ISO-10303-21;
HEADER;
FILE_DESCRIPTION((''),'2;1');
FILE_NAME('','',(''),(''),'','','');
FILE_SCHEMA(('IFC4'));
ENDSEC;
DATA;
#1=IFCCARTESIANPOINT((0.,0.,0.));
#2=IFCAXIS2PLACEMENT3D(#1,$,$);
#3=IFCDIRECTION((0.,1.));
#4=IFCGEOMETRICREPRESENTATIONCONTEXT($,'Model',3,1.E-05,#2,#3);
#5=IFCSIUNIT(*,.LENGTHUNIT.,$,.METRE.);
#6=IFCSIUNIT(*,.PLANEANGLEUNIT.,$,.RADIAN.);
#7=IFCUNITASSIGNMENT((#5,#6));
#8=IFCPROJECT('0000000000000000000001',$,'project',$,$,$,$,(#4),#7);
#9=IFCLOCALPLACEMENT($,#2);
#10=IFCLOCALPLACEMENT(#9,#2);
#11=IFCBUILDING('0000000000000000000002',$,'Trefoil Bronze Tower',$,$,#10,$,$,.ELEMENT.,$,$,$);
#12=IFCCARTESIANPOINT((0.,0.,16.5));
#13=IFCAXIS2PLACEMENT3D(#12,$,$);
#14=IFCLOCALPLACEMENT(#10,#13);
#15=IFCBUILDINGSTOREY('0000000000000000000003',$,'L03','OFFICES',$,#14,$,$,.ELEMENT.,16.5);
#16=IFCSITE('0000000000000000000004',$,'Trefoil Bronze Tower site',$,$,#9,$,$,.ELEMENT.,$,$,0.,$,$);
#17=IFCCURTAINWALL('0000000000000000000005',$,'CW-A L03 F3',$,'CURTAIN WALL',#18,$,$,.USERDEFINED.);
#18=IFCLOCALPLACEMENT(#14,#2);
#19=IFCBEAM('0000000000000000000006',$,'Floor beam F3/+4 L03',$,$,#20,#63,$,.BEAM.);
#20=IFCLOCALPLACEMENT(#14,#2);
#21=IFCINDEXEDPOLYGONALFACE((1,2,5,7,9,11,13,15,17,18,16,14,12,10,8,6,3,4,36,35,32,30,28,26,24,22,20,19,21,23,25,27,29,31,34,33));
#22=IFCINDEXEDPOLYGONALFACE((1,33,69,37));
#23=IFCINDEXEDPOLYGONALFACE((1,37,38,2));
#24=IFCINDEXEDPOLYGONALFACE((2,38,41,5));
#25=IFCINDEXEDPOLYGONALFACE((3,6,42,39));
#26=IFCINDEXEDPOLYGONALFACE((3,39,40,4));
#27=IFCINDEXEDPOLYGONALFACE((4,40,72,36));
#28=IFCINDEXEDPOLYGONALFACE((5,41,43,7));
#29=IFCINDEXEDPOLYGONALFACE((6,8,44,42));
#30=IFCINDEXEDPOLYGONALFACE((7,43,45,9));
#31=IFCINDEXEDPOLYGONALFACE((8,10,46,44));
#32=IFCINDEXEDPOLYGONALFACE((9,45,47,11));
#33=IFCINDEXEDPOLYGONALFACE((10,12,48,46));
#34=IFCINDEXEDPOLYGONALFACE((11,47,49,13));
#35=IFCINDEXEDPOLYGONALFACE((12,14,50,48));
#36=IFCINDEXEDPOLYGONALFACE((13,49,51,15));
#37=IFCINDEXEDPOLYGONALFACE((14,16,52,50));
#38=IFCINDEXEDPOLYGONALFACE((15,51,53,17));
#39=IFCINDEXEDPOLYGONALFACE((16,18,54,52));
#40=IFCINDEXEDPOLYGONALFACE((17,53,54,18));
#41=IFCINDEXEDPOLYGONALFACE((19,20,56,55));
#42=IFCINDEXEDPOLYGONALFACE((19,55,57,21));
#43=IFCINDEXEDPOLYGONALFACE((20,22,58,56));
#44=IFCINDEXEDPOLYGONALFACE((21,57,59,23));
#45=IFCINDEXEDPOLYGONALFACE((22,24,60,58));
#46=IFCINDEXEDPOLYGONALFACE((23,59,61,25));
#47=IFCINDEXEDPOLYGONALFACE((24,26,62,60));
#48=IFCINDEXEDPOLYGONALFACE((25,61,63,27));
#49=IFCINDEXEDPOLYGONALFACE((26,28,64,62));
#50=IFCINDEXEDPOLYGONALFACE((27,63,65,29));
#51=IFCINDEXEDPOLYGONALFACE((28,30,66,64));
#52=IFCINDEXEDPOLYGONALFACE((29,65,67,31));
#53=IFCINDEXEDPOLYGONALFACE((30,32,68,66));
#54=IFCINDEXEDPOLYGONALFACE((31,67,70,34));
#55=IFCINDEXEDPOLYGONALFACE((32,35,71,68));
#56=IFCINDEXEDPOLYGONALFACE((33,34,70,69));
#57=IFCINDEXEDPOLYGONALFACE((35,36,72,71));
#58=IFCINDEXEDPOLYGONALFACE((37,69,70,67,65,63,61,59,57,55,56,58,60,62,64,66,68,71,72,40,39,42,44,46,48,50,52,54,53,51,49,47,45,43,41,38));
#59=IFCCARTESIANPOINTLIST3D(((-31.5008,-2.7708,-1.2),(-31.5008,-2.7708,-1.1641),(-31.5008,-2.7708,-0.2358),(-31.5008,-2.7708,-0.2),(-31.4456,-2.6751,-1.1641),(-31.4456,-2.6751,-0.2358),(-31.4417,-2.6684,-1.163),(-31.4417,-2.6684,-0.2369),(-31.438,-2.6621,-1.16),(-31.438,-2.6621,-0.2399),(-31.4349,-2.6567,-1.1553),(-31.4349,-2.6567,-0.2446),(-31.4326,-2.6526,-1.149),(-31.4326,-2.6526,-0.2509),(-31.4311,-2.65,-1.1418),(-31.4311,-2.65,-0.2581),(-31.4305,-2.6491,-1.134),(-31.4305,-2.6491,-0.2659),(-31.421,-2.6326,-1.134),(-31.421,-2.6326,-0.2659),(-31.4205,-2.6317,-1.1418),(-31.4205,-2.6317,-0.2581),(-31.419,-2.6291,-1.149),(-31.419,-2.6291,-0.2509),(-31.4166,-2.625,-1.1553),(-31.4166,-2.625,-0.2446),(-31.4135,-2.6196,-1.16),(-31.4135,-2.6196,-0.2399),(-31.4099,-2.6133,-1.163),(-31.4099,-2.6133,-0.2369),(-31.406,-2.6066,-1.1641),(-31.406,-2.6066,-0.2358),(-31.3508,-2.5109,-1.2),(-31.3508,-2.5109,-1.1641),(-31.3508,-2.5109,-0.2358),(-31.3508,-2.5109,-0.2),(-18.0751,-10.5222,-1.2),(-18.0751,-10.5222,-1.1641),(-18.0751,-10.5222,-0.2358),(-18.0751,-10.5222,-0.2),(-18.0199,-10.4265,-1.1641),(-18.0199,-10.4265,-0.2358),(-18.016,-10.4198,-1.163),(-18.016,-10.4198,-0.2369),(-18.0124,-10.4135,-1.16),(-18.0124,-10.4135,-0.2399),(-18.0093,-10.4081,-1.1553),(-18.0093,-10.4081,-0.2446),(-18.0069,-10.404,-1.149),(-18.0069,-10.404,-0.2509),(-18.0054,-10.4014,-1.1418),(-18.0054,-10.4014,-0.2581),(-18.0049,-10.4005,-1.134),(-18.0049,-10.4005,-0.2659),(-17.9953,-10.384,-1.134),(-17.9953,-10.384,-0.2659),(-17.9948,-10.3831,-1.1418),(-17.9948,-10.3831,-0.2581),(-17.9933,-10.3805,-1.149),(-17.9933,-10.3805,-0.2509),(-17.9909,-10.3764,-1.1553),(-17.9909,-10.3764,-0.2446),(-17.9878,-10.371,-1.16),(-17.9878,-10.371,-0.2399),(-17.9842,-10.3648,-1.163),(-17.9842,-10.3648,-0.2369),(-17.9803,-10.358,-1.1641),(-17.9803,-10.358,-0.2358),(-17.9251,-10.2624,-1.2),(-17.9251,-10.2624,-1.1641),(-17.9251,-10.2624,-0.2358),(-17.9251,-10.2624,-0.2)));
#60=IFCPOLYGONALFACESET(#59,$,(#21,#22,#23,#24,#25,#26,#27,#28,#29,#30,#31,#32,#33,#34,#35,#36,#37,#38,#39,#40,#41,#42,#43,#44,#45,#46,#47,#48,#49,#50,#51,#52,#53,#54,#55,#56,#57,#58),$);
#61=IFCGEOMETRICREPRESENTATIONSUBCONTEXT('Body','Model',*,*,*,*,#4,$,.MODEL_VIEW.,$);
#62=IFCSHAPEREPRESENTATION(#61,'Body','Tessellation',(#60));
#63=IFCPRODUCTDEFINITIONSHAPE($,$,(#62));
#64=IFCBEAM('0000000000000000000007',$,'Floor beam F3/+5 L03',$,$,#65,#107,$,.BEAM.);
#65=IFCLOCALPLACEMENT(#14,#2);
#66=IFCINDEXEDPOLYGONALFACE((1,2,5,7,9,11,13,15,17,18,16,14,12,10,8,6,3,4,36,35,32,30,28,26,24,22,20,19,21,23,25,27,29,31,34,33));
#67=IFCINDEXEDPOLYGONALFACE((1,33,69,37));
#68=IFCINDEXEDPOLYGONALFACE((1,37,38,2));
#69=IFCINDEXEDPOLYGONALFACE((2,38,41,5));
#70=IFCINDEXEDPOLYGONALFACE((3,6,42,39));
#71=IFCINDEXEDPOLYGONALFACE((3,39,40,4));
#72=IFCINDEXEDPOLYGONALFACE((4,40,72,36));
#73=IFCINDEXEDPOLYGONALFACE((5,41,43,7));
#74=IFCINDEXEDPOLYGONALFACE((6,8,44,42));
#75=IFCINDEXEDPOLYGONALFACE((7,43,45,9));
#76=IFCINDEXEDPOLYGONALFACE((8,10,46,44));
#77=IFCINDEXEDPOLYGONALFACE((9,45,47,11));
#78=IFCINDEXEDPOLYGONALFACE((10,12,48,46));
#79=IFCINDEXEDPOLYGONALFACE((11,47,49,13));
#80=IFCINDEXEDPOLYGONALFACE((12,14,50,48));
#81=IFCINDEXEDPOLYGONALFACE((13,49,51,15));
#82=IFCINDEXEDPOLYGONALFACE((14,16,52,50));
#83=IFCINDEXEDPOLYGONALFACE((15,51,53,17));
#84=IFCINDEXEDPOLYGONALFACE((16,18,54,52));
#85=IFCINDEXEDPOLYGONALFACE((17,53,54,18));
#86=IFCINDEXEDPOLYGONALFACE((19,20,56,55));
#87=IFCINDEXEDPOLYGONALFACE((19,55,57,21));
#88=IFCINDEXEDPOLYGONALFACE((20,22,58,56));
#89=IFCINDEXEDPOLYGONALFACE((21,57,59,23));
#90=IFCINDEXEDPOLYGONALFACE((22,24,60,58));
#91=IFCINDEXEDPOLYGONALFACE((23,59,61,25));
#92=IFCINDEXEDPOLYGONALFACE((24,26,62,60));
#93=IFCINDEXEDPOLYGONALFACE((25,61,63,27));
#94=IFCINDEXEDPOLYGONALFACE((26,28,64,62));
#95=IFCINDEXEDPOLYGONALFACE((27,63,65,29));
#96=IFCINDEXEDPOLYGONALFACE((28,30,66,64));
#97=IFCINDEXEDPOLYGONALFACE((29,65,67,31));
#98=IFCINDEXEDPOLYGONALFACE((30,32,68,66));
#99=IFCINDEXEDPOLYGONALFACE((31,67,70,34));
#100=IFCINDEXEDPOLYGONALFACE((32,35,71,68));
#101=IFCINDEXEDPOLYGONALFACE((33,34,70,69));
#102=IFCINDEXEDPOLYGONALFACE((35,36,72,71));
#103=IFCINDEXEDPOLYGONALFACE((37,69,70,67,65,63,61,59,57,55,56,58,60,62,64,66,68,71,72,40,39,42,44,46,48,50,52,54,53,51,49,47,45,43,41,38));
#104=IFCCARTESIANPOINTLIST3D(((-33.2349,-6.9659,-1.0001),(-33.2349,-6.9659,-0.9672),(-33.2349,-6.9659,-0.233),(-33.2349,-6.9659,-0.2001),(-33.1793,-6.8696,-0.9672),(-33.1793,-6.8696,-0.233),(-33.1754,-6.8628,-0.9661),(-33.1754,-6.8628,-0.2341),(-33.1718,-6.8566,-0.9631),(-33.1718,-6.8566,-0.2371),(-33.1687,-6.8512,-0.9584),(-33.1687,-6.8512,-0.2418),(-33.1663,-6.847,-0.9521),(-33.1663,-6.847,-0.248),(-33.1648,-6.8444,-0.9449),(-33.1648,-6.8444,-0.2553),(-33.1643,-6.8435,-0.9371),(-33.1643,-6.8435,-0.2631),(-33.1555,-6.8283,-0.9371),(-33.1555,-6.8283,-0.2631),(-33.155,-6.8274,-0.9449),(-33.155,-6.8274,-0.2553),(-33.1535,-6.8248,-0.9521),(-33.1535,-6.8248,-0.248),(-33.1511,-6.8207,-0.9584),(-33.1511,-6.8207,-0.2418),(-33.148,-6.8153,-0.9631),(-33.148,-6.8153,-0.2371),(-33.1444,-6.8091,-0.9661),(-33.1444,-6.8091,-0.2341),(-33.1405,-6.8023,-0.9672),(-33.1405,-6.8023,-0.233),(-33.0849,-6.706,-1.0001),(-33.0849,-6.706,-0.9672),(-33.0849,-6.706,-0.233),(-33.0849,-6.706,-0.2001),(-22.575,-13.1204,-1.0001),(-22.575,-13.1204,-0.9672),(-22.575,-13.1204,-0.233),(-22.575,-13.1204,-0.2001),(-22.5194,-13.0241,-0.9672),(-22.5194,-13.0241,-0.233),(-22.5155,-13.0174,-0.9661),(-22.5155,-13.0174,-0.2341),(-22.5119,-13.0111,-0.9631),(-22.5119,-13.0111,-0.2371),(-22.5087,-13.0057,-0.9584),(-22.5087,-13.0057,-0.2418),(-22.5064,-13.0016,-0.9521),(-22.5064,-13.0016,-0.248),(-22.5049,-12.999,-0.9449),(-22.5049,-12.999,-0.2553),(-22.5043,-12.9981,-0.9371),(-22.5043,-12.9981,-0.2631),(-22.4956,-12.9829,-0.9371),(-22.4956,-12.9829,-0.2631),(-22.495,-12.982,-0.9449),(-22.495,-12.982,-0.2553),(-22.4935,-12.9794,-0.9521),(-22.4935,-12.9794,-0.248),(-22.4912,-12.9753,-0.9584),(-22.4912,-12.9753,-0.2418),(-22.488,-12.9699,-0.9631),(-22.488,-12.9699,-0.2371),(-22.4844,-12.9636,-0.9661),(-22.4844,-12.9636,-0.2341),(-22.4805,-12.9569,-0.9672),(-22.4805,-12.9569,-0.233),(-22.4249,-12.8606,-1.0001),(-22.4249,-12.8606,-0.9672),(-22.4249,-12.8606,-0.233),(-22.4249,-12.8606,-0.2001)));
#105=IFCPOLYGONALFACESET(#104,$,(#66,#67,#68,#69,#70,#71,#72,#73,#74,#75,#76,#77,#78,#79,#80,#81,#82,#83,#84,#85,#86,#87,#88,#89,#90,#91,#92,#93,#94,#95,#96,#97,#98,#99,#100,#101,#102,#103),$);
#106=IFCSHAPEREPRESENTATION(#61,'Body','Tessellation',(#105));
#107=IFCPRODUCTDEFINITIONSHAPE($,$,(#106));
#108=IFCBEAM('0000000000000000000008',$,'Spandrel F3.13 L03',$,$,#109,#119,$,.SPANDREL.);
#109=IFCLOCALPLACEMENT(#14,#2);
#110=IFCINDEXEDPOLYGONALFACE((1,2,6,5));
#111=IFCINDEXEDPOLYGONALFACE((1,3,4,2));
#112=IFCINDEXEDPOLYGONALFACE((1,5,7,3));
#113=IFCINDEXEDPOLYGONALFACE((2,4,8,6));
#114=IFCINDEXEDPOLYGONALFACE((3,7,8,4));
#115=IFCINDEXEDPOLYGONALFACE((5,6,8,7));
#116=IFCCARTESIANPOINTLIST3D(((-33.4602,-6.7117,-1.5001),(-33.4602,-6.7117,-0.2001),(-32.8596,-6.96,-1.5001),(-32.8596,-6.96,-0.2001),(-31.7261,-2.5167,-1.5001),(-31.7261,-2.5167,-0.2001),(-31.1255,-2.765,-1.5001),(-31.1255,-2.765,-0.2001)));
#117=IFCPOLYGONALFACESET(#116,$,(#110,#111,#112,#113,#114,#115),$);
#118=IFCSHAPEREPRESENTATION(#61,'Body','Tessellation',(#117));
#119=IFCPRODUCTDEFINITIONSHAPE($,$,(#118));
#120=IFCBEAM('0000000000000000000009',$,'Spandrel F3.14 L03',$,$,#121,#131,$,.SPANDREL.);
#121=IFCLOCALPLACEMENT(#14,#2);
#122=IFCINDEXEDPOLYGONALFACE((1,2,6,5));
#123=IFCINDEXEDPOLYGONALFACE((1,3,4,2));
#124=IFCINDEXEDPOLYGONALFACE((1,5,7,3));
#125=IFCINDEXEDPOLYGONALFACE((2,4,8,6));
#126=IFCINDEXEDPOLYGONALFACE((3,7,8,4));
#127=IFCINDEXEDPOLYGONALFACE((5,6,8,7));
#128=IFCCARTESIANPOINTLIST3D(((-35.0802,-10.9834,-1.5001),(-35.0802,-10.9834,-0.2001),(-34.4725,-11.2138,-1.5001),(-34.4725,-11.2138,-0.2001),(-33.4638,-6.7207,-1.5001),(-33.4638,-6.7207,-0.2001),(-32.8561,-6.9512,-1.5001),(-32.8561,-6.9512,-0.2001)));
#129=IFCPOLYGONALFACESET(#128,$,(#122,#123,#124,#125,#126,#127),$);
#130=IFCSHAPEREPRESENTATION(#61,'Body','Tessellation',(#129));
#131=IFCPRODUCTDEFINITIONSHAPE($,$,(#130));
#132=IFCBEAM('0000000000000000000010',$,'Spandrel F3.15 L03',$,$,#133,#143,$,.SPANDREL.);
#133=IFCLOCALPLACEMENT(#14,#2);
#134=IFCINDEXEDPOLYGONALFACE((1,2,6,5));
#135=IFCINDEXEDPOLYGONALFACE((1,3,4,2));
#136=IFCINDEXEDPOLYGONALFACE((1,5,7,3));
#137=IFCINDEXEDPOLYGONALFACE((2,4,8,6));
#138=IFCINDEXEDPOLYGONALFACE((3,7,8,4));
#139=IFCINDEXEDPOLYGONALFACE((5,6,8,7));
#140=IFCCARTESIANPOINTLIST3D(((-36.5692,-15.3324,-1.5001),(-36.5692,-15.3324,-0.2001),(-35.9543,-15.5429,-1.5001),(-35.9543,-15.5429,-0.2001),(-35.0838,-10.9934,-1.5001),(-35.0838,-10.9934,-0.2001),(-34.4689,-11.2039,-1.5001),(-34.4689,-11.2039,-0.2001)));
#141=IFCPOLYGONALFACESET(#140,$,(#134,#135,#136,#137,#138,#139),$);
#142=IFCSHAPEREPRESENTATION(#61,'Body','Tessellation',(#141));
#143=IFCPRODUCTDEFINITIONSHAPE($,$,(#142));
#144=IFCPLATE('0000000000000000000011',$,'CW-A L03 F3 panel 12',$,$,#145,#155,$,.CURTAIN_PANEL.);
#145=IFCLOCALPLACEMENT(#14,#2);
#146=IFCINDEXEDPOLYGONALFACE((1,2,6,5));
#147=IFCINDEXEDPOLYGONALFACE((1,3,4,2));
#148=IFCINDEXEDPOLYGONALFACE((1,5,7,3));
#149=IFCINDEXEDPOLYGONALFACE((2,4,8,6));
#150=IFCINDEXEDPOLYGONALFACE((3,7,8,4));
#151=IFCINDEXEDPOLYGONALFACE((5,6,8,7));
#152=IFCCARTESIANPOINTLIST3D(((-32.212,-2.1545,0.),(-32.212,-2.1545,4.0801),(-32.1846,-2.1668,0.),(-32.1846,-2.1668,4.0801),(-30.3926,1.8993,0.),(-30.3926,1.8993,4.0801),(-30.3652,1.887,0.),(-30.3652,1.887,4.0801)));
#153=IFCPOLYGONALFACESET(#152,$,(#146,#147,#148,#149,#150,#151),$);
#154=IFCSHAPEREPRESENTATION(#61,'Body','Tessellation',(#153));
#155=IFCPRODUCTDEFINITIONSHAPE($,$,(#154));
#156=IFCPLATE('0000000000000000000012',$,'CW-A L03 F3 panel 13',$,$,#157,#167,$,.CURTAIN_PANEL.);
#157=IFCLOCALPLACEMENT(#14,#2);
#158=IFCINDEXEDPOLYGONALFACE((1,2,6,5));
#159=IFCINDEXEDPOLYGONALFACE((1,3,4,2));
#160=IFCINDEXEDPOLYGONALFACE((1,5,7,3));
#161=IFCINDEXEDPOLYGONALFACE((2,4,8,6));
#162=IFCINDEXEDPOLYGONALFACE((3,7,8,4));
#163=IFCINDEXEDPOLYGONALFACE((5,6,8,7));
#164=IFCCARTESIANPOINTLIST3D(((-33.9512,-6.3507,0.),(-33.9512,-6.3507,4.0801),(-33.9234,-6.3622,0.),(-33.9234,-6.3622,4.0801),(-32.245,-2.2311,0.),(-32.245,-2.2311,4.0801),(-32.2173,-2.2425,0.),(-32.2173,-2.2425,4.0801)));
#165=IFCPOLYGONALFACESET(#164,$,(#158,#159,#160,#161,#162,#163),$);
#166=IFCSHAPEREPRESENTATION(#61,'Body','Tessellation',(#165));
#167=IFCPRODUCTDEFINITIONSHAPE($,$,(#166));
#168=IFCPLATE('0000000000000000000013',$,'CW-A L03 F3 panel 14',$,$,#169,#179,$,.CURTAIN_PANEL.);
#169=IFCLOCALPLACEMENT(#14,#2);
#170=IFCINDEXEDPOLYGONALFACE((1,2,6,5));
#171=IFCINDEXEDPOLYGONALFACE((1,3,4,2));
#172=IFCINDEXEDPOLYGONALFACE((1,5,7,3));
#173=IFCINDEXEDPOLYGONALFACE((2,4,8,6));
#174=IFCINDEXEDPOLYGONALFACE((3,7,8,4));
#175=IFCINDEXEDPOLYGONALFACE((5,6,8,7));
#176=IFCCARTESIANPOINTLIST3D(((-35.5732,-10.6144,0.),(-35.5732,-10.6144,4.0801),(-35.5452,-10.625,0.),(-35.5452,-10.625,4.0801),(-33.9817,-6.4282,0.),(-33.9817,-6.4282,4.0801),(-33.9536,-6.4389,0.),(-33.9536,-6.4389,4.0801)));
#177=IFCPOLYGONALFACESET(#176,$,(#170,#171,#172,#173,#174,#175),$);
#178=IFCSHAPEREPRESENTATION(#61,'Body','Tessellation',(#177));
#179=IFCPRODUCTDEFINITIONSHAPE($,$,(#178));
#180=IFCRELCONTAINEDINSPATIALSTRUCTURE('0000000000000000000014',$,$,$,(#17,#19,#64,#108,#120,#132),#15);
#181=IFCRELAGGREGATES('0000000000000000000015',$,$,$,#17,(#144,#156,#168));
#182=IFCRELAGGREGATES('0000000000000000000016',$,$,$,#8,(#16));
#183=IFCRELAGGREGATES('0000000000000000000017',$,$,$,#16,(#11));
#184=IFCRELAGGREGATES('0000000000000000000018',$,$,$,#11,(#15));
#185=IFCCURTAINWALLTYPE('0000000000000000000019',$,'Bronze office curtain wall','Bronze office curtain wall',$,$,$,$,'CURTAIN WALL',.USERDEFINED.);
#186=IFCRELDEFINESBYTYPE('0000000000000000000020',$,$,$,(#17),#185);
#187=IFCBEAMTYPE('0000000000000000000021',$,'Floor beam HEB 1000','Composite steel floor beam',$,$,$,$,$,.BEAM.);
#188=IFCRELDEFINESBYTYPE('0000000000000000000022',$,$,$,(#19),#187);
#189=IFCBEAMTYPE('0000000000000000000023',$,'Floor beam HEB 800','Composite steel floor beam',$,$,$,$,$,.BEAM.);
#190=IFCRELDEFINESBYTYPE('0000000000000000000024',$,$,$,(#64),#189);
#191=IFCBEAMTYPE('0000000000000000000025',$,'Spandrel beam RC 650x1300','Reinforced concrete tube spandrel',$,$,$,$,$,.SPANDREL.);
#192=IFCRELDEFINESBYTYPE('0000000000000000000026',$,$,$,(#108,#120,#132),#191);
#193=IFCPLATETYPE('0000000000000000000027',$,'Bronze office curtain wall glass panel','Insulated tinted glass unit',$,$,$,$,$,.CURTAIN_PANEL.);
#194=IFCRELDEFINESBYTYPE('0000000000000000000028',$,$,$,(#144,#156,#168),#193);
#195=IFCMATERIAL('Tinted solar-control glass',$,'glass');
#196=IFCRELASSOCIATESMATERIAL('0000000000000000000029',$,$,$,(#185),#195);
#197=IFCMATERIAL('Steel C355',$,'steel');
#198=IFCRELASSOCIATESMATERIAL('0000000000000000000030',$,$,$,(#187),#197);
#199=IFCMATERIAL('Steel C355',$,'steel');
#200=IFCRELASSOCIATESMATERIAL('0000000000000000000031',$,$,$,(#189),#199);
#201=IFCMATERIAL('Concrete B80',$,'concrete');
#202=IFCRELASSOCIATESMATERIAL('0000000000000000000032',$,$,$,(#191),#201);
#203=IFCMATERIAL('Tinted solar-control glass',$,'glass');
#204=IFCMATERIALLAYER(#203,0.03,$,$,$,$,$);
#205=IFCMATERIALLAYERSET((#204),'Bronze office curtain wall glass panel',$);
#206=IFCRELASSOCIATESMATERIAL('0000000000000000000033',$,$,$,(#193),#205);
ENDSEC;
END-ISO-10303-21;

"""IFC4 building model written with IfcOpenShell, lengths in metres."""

from ifc_helpers import new_model, si_unit, direction, frame, origin, origin_2d, place, context, subcontext, project, spatial, rectangle, i_section, extrude, material, layer, layer_set, material_profile, profile_set, type_object, element, aggregate, save


model = new_model("IFC4")

# Units and contexts
model_context = context("Model", 3, precision=1e-05, world=origin(), true_north=direction((0.0, 1.0)))
body_context = subcontext(model_context, "Body", "Model", "MODEL_VIEW")
ifc_project = project(units=[si_unit("LENGTHUNIT", "METRE"), si_unit("PLANEANGLEUNIT", "RADIAN")], contexts=[model_context])

# Site, building, storey
site_placement = place(None, origin())
site = spatial("IfcSite", under=ifc_project, at=site_placement, Name="Trefoil Bronze Tower site", CompositionType="ELEMENT", RefElevation=0.0)
building_placement = place(site_placement, origin())
building = spatial("IfcBuilding", under=site, at=building_placement, Name="Trefoil Bronze Tower", CompositionType="ELEMENT")
storey_placement = place(building_placement, frame((0.0, 0.0, 16.5)))
storey = spatial("IfcBuildingStorey", under=building, at=storey_placement, Name="L03", Description="OFFICES", CompositionType="ELEMENT", Elevation=16.5)

# Curtain wall
ifc_material_1 = material(Name="Tinted solar-control glass", Category="glass")
curtain_wall_type = type_object("IfcCurtainWallType", Name="Bronze office curtain wall", Description="Bronze office curtain wall", ElementType="CURTAIN WALL", PredefinedType="USERDEFINED", material=ifc_material_1)
curtain_wall_placement = place(storey_placement, origin())
curtain_wall = element("IfcCurtainWall", 1, at=curtain_wall_placement, inside=storey, type_object=curtain_wall_type, Name="CW-A L03 F3", ObjectType="CURTAIN WALL", PredefinedType="USERDEFINED")

# Beams
ifc_material_2 = material(Name="Steel C355", Category="steel")
ifc_material_profile_1 = material_profile(ifc_material_2, i_section(OverallWidth=0.3, OverallDepth=1.0, WebThickness=0.019, FlangeThickness=0.0359, FilletRadius=0.03, at=origin_2d()), Name="HEB 1000")
ifc_profile_set_1 = profile_set([ifc_material_profile_1], Name="Steel C355")
beam_type_1 = type_object("IfcBeamType", Name="Floor beam HEB 1000", Description="Composite steel floor beam", PredefinedType="BEAM", material=ifc_profile_set_1)
beam_1_placement = place(storey_placement, frame((-31.4258, -2.6409, -0.7), z_axis=(0.866023, -0.500004, 0.0), x_axis=(0.500004, 0.866023, 0.0)))
element("IfcBeam", 2, at=beam_1_placement, inside=storey, type_object=beam_type_1, Name="Floor beam F3/+4 L03", PredefinedType="BEAM", context=body_context, shape_type="SweptSolid", body=[
    extrude(i_section(OverallWidth=0.3, OverallDepth=1.0, WebThickness=0.019, FlangeThickness=0.0359, FilletRadius=0.03, at=origin_2d()), origin(), (0.0, 0.0, 1.0), 15.5027),
])
ifc_material_3 = material(Name="Steel C355", Category="steel")
ifc_material_profile_2 = material_profile(ifc_material_3, i_section(OverallWidth=0.3, OverallDepth=0.8, WebThickness=0.0176, FlangeThickness=0.033, FilletRadius=0.03, at=origin_2d()), Name="HEB 800")
ifc_profile_set_2 = profile_set([ifc_material_profile_2], Name="Steel C355")
beam_type_2 = type_object("IfcBeamType", Name="Floor beam HEB 800", Description="Composite steel floor beam", PredefinedType="BEAM", material=ifc_profile_set_2)
beam_2_placement = place(storey_placement, frame((-33.1599, -6.8359, -0.6001), z_axis=(0.866024, -0.500002, 0.0), x_axis=(0.500002, 0.866024, 0.0)))
element("IfcBeam", 3, at=beam_2_placement, inside=storey, type_object=beam_type_2, Name="Floor beam F3/+5 L03", PredefinedType="BEAM", context=body_context, shape_type="SweptSolid", body=[
    extrude(i_section(OverallWidth=0.3, OverallDepth=0.8, WebThickness=0.0176, FlangeThickness=0.033, FilletRadius=0.03, at=origin_2d()), origin(), (0.0, 0.0, 1.0), 12.3091),
])
ifc_material_4 = material(Name="Concrete B80", Category="concrete")
ifc_material_profile_3 = material_profile(ifc_material_4, rectangle(XDim=0.6499, YDim=1.3, at=origin_2d()), Name="RC 650x1300")
ifc_profile_set_3 = profile_set([ifc_material_profile_3], Name="Concrete B80")
beam_type_3 = type_object("IfcBeamType", Name="Spandrel beam RC 650x1300", Description="Reinforced concrete tube spandrel", PredefinedType="SPANDREL", material=ifc_profile_set_3)
beam_3_placement = place(storey_placement, frame((-31.4258, -2.6409, -0.8501), z_axis=(-0.382021, -0.924154, 0.0), x_axis=(0.924154, -0.382021, 0.0)))
element("IfcBeam", 4, at=beam_3_placement, inside=storey, type_object=beam_type_3, Name="Spandrel F3.13 L03", PredefinedType="SPANDREL", context=body_context, shape_type="SweptSolid", body=[
    extrude(rectangle(XDim=0.6499, YDim=1.3, at=origin_2d()), origin(), (0.0, 0.0, 1.0), 4.5393),
])
beam_4_placement = place(storey_placement, frame((-33.1599, -6.8359, -0.8501), z_axis=(-0.354572, -0.935029, 0.0), x_axis=(0.935029, -0.354572, 0.0)))
element("IfcBeam", 5, at=beam_4_placement, inside=storey, type_object=beam_type_3, Name="Spandrel F3.14 L03", PredefinedType="SPANDREL", context=body_context, shape_type="SweptSolid", body=[
    extrude(rectangle(XDim=0.6499, YDim=1.3, at=origin_2d()), origin(), (0.0, 0.0, 1.0), 4.5588),
])
beam_5_placement = place(storey_placement, frame((-34.7764, -11.0986, -0.8501), z_axis=(-0.323883, -0.946097, 0.0), x_axis=(0.946097, -0.323883, 0.0)))
element("IfcBeam", 6, at=beam_5_placement, inside=storey, type_object=beam_type_3, Name="Spandrel F3.15 L03", PredefinedType="SPANDREL", context=body_context, shape_type="SweptSolid", body=[
    extrude(rectangle(XDim=0.6499, YDim=1.3, at=origin_2d()), origin(), (0.0, 0.0, 1.0), 4.5862),
])

# Plates
ifc_material_5 = material(Name="Tinted solar-control glass", Category="glass")
ifc_layer_1 = layer(ifc_material_5, 0.03)
ifc_layer_set_1 = layer_set([ifc_layer_1], Name="Bronze office curtain wall glass panel")
plate_type = type_object("IfcPlateType", Name="Bronze office curtain wall glass panel", Description="Insulated tinted glass unit", PredefinedType="CURTAIN_PANEL", material=ifc_layer_set_1)
plate_1_placement = place(storey_placement, frame((-31.2886, -0.1338, 0.0), z_axis=(0.0, 0.0, 1.0), x_axis=(-0.409456, -0.91233, 0.0)))
plate_1 = element("IfcPlate", 7, at=plate_1_placement, type_object=plate_type, Name="CW-A L03 F3 panel 12", PredefinedType="CURTAIN_PANEL", context=body_context, shape_type="SweptSolid", body=[
    extrude(rectangle(XDim=4.4434, YDim=0.03, at=origin_2d()), origin(), (0.0, 0.0, 1.0), 4.0801),
])
plate_2_placement = place(storey_placement, frame((-33.0842, -4.2966, 0.0), z_axis=(0.0, 0.0, 1.0), x_axis=(-0.38263, -0.923902, 0.0)))
plate_2 = element("IfcPlate", 8, at=plate_2_placement, type_object=plate_type, Name="CW-A L03 F3 panel 13", PredefinedType="CURTAIN_PANEL", context=body_context, shape_type="SweptSolid", body=[
    extrude(rectangle(XDim=4.459, YDim=0.03, at=origin_2d()), origin(), (0.0, 0.0, 1.0), 4.0801),
])
plate_3_placement = place(storey_placement, frame((-34.7634, -8.5266, 0.0), z_axis=(0.0, 0.0, 1.0), x_axis=(-0.355371, -0.934725, 0.0)))
plate_3 = element("IfcPlate", 9, at=plate_3_placement, type_object=plate_type, Name="CW-A L03 F3 panel 14", PredefinedType="CURTAIN_PANEL", context=body_context, shape_type="SweptSolid", body=[
    extrude(rectangle(XDim=4.4785, YDim=0.03, at=origin_2d()), origin(), (0.0, 0.0, 1.0), 4.0801),
])
aggregate(curtain_wall, [plate_1, plate_2, plate_3])

save(model, "model.ifc")
